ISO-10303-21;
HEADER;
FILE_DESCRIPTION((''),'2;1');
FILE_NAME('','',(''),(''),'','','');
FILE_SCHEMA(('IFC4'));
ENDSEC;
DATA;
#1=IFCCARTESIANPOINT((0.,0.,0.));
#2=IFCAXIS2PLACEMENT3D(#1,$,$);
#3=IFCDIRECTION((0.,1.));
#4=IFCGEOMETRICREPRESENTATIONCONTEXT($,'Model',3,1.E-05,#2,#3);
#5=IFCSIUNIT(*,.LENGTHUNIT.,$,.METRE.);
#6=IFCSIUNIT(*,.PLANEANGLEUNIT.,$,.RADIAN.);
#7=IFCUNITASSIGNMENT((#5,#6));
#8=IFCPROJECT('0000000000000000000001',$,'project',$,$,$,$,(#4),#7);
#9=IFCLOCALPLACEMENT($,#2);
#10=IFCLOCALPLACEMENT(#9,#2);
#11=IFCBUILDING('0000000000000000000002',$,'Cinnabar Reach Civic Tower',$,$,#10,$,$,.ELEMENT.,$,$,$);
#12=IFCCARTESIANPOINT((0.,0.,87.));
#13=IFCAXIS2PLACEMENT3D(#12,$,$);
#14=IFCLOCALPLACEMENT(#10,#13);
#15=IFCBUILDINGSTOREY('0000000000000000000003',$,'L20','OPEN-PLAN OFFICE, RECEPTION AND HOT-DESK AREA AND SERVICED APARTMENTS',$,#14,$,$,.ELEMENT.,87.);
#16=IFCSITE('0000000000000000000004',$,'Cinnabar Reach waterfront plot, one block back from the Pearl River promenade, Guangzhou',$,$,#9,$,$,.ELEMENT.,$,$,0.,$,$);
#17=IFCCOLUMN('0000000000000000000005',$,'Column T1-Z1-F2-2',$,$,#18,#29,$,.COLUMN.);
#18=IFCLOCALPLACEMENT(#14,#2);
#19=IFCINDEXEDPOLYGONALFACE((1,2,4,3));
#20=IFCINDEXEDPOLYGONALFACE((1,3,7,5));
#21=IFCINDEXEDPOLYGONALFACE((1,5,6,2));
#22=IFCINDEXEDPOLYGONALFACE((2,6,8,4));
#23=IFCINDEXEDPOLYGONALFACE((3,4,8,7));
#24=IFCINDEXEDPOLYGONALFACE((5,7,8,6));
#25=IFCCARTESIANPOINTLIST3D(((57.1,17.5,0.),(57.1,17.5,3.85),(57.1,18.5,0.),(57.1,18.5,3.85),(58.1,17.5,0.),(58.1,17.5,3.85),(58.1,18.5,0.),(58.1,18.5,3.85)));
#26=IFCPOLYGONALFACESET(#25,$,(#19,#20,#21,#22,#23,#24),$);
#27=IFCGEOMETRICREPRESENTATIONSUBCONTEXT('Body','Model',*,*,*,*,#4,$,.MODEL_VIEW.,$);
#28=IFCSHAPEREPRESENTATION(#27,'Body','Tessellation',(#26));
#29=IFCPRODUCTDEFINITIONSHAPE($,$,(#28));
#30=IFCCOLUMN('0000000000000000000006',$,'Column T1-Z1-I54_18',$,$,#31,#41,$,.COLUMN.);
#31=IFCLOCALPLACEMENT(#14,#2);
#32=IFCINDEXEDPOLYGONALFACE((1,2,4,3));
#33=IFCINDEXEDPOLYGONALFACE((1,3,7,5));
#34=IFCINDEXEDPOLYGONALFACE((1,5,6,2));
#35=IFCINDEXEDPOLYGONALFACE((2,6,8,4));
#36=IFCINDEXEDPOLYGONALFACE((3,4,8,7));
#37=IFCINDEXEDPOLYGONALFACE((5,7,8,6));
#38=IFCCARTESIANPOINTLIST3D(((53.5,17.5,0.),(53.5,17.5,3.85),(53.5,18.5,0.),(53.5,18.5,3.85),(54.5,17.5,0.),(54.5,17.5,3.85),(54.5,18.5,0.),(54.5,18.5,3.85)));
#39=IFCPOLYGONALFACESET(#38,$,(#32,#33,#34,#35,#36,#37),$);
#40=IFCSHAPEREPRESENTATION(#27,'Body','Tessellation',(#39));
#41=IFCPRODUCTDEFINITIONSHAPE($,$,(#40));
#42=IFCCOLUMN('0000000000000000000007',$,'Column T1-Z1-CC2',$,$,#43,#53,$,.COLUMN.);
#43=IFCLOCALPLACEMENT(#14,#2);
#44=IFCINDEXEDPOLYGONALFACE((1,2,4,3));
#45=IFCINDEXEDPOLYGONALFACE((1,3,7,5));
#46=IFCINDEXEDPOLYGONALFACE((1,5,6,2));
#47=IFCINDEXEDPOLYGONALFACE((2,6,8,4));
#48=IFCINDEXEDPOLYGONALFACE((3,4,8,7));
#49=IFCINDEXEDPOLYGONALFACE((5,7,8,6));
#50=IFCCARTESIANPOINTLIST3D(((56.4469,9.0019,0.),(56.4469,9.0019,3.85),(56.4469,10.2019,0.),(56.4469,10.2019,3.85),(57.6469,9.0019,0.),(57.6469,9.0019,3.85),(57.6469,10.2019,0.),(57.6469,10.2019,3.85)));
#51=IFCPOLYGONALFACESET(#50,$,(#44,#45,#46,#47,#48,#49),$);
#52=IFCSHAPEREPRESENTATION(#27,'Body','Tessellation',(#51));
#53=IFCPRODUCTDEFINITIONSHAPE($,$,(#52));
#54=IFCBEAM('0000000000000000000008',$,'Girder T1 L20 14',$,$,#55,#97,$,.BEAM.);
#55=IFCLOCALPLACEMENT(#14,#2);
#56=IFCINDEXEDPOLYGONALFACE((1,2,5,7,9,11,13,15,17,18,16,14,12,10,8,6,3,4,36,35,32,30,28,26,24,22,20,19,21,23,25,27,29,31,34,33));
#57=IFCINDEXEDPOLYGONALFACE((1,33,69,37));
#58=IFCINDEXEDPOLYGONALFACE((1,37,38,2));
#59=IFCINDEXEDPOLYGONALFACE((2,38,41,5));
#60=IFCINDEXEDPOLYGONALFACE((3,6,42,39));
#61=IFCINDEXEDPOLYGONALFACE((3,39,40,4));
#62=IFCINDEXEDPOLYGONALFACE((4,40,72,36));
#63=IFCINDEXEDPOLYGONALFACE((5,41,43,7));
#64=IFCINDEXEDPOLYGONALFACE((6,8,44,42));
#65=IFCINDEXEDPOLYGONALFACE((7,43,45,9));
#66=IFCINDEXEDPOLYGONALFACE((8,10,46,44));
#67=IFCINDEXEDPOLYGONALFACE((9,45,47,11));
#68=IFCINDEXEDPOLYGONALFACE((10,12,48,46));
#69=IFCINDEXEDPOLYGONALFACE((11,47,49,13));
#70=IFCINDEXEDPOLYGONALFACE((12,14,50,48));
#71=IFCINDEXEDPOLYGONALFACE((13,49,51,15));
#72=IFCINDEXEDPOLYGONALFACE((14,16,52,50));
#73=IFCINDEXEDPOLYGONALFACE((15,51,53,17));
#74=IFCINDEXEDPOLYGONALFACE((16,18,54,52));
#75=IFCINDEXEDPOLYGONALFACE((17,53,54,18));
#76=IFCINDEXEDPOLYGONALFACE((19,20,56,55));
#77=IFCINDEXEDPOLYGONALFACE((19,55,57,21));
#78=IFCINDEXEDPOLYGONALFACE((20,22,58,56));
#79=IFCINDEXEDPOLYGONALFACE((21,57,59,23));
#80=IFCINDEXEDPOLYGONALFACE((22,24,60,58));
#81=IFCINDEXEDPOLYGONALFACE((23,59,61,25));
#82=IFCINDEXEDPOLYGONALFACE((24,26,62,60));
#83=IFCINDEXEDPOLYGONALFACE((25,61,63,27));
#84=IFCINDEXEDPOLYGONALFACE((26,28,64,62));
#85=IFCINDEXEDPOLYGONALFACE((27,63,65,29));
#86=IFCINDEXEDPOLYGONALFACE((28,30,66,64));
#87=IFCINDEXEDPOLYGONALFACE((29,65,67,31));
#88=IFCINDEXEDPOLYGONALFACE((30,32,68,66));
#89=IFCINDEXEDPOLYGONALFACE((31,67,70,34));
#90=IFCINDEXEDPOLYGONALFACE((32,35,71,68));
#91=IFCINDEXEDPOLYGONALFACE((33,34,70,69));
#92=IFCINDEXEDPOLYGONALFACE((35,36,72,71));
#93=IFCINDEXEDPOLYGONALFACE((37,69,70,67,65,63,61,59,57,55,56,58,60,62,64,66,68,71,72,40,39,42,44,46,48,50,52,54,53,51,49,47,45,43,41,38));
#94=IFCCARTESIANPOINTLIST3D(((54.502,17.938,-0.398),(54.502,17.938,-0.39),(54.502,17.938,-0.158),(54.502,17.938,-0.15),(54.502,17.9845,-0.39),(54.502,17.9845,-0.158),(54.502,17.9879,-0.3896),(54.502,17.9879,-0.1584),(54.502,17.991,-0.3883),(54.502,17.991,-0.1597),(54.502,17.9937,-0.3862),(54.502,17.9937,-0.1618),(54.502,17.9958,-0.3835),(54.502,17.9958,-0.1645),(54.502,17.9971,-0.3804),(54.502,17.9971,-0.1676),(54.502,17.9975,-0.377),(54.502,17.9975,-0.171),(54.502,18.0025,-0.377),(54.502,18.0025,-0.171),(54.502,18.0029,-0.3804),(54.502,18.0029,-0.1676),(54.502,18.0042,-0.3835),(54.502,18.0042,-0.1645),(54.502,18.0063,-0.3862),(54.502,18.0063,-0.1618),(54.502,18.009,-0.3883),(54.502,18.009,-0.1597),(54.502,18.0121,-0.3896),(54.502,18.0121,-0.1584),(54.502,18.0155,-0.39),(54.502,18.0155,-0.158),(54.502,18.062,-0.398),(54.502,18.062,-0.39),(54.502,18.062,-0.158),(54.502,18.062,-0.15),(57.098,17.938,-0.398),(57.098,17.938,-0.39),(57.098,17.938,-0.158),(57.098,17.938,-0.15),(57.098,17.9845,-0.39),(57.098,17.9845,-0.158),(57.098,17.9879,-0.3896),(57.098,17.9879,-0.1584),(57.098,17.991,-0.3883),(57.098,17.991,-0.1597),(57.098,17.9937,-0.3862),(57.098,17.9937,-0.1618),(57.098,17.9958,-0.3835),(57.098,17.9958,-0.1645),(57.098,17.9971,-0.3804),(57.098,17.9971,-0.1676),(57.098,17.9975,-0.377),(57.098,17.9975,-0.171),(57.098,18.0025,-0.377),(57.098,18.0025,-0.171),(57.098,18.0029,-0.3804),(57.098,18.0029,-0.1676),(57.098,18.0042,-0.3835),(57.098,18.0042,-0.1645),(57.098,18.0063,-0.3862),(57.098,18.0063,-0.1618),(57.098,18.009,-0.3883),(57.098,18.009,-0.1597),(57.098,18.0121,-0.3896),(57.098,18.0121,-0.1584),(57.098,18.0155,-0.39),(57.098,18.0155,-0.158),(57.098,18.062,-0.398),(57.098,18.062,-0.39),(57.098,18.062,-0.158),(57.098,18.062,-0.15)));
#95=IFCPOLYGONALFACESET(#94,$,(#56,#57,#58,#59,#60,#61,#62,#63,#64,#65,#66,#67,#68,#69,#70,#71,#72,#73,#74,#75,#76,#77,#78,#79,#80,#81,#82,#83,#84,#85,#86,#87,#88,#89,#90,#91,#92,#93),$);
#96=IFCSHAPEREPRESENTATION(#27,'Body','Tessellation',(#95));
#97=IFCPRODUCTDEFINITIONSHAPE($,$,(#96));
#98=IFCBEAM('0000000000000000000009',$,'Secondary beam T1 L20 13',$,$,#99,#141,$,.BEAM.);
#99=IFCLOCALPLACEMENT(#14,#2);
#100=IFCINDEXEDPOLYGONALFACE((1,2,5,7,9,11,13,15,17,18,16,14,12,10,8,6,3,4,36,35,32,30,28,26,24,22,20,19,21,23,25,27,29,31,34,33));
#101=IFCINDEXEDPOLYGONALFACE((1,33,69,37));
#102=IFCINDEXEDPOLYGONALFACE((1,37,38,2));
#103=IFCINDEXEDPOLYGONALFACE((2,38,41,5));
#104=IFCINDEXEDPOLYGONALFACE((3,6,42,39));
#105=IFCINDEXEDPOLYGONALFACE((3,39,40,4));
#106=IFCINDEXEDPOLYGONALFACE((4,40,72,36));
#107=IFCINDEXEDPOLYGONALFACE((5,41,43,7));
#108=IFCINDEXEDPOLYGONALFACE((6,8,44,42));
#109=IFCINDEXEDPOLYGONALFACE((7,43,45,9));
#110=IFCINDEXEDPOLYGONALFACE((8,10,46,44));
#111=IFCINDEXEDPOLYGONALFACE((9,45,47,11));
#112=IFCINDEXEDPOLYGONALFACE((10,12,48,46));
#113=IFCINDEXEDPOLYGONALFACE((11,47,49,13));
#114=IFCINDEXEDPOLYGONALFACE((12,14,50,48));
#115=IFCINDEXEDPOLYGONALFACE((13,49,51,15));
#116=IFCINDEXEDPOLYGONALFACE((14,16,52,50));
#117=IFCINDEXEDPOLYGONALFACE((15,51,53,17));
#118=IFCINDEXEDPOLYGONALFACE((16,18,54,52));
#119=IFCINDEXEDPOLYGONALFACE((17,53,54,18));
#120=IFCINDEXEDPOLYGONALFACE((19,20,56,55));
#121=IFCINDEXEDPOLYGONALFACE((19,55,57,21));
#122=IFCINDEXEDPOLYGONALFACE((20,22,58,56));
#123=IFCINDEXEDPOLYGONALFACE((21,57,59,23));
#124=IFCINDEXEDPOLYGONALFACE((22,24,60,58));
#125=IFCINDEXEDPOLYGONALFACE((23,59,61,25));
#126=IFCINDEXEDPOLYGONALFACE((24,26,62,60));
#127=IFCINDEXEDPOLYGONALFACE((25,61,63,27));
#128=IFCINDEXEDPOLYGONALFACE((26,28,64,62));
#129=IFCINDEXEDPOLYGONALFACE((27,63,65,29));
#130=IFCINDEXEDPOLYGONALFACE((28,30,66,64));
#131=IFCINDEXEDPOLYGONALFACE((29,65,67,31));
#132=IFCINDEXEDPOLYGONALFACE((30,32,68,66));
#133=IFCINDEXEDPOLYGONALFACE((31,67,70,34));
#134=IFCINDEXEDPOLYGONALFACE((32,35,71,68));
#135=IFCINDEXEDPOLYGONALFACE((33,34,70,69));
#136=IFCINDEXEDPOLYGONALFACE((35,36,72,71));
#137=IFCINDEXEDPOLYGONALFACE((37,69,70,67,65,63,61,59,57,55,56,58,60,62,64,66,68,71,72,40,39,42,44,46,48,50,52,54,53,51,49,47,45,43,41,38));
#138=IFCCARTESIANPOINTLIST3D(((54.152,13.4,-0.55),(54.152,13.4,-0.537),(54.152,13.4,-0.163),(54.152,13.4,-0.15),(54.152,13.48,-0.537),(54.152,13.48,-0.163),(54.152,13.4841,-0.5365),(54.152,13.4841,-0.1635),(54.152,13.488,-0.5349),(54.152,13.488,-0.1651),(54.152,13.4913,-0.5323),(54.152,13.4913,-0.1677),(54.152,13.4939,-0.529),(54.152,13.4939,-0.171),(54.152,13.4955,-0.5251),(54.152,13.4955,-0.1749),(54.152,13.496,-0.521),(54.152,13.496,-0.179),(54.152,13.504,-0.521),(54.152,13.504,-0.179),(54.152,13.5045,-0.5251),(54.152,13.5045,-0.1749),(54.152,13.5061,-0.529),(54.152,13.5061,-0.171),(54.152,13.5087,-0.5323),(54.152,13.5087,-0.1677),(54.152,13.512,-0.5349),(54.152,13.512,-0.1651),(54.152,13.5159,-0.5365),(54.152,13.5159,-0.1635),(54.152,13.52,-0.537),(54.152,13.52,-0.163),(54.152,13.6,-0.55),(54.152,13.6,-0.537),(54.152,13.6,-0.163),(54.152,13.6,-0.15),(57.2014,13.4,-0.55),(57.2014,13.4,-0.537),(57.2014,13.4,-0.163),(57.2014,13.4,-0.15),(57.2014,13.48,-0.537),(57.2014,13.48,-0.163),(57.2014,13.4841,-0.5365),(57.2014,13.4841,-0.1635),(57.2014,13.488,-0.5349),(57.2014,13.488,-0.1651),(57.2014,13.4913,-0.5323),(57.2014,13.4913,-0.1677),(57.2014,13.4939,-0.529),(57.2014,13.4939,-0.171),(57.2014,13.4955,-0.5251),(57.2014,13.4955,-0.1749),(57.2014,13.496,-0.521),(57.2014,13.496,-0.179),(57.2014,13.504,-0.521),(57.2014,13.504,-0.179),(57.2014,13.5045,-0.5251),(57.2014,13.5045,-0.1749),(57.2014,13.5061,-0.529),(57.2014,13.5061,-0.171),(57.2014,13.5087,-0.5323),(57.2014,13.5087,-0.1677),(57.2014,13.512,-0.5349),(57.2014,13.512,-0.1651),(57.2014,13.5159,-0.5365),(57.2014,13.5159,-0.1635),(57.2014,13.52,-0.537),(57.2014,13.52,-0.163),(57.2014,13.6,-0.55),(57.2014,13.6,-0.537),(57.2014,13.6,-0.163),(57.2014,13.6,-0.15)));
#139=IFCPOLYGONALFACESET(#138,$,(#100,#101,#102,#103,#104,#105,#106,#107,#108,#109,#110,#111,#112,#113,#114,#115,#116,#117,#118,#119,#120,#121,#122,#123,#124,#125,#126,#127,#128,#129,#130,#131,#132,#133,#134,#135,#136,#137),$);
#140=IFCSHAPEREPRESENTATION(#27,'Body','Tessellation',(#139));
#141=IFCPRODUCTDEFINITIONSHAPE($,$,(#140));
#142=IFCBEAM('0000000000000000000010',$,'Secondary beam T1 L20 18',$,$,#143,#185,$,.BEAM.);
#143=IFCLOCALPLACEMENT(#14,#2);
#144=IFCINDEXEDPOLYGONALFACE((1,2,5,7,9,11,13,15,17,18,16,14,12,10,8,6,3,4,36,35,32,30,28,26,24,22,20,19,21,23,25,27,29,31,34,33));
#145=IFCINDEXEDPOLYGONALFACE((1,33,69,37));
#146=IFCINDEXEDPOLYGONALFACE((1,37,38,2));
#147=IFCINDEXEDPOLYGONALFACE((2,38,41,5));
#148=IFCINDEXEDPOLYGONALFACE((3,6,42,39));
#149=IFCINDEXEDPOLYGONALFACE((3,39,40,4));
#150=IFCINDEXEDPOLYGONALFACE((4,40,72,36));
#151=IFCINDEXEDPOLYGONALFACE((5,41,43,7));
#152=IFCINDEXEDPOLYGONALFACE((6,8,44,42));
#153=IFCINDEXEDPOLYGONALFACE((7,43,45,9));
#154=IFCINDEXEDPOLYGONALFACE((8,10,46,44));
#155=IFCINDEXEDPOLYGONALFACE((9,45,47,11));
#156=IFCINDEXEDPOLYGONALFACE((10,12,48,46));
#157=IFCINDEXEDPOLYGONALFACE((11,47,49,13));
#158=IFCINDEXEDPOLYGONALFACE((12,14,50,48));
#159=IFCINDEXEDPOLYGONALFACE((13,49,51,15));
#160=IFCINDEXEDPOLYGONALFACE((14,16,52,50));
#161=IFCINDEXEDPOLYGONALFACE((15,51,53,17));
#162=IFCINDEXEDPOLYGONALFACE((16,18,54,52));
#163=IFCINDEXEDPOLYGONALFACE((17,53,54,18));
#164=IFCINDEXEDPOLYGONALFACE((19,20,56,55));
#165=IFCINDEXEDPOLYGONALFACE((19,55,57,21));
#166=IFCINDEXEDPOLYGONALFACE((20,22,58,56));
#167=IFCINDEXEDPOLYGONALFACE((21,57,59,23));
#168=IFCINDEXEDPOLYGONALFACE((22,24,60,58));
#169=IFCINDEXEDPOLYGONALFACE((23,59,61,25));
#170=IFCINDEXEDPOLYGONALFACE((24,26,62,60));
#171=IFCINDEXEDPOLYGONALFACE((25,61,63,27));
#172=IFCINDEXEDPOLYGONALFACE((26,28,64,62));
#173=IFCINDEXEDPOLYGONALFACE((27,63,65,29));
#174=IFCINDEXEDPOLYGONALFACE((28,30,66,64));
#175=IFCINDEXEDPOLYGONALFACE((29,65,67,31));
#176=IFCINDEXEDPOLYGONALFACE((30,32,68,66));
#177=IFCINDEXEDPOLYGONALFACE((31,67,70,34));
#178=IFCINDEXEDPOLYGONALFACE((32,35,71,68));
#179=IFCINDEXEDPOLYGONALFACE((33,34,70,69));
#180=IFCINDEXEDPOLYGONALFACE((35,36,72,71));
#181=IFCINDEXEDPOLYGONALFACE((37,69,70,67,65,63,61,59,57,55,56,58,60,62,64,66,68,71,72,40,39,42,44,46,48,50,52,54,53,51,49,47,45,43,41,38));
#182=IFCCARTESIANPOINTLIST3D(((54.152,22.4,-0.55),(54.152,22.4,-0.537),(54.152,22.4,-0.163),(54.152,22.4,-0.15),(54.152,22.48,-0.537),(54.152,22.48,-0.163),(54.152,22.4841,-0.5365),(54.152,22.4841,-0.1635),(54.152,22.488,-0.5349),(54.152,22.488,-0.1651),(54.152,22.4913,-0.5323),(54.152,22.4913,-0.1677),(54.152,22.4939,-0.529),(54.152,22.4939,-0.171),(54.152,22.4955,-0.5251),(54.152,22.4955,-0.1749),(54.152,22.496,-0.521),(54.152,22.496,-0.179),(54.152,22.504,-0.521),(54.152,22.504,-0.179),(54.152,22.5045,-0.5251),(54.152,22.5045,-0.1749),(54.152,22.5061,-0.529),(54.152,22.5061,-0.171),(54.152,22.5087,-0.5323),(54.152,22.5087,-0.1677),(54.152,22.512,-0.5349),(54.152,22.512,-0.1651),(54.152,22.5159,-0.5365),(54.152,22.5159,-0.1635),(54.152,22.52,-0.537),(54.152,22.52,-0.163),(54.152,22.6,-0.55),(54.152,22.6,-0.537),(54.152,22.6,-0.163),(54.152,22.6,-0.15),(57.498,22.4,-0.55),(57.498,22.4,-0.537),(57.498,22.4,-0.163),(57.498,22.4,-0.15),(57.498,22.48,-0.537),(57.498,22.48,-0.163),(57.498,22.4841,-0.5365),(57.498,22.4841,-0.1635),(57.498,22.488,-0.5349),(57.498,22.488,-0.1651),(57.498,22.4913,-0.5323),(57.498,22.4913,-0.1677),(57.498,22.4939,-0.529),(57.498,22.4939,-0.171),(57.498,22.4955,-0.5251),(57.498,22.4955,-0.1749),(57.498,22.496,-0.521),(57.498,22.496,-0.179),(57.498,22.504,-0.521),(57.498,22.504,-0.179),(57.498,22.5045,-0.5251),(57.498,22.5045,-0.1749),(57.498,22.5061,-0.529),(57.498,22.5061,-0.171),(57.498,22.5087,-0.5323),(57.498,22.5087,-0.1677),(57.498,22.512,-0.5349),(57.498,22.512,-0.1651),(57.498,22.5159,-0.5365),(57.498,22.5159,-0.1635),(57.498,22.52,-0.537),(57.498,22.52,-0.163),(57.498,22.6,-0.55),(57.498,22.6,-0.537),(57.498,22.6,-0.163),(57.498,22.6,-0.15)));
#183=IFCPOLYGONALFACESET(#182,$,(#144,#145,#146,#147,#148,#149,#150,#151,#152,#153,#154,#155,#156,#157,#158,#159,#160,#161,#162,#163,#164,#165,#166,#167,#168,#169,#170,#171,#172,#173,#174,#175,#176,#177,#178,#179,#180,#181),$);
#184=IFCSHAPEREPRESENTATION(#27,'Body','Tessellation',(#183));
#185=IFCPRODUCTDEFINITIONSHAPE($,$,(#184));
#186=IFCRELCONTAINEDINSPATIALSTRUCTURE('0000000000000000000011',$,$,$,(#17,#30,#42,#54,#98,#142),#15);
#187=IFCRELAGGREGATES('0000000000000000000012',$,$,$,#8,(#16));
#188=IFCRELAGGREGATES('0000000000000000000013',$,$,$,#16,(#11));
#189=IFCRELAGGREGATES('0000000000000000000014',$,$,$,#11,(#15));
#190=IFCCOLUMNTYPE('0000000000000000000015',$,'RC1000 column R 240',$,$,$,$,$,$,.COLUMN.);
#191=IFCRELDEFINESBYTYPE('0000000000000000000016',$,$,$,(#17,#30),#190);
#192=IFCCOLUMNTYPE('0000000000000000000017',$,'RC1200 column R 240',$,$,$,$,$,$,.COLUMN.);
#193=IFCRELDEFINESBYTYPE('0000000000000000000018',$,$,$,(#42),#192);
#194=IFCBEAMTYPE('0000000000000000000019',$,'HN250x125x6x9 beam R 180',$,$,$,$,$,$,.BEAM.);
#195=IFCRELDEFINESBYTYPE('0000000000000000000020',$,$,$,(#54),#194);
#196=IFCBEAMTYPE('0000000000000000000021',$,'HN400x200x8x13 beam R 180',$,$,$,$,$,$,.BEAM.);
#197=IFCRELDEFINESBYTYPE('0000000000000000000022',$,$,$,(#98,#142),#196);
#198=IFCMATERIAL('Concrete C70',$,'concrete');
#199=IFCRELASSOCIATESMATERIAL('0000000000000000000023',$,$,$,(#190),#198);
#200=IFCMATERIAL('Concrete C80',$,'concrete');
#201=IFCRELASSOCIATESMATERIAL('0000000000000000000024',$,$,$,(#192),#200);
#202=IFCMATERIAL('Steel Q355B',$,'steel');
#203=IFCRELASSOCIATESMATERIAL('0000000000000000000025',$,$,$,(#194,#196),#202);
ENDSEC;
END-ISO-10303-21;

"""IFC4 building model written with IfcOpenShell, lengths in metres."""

from ifc_helpers import new_model, si_unit, direction, frame, origin, origin_2d, place, context, subcontext, project, spatial, rectangle, i_section, extrude, material, material_profile, profile_set, type_object, element, save


model = new_model("IFC4")

# Units and contexts
model_context = context("Model", 3, precision=1e-05, world=origin(), true_north=direction((0.0, 1.0)))
body_context = subcontext(model_context, "Body", "Model", "MODEL_VIEW")
ifc_project = project(units=[si_unit("LENGTHUNIT", "METRE"), si_unit("PLANEANGLEUNIT", "RADIAN")], contexts=[model_context])

# Site, building, storey
site_placement = place(None, origin())
site = spatial("IfcSite", under=ifc_project, at=site_placement, Name="Cinnabar Reach waterfront plot, one block back from the Pearl River promenade, Guangzhou", CompositionType="ELEMENT", RefElevation=0.0)
building_placement = place(site_placement, origin())
building = spatial("IfcBuilding", under=site, at=building_placement, Name="Cinnabar Reach Civic Tower", CompositionType="ELEMENT")
storey_placement = place(building_placement, frame((0.0, 0.0, 87.0)))
storey = spatial("IfcBuildingStorey", under=building, at=storey_placement, Name="L20", Description="OPEN-PLAN OFFICE, RECEPTION AND HOT-DESK AREA AND SERVICED APARTMENTS", CompositionType="ELEMENT", Elevation=87.0)

# Columns
ifc_material_1 = material(Name="Concrete C70", Category="concrete")
ifc_material_profile_1 = material_profile(ifc_material_1, rectangle(XDim=1.0, YDim=1.0, at=origin_2d()), Name="RC1000")
ifc_profile_set_1 = profile_set([ifc_material_profile_1], Name="Concrete C70")
column_type_1 = type_object("IfcColumnType", Name="RC1000 column R 240", PredefinedType="COLUMN", material=ifc_profile_set_1)
for number, where, z_axis, x_axis, name in (
    (1, (57.6, 18.0, 0.0), (0.0, 0.0, 1.0), (1.0, 0.0, 0.0), "Column T1-Z1-F2-2"),
    (2, (54.0, 18.0, 0.0), (0.0, 0.0, 1.0), (1.0, 0.0, 0.0), "Column T1-Z1-I54_18"),
):
    element("IfcColumn", number, at=place(storey_placement, frame(where, z_axis=z_axis, x_axis=x_axis)), inside=storey, type_object=column_type_1, Name=name, PredefinedType="COLUMN", context=body_context, shape_type="SweptSolid", body=[
        extrude(rectangle(XDim=1.0, YDim=1.0, at=origin_2d()), origin(), (0.0, 0.0, 1.0), 3.85),
    ])
ifc_material_2 = material(Name="Concrete C80", Category="concrete")
ifc_material_profile_2 = material_profile(ifc_material_2, rectangle(XDim=1.2, YDim=1.2, at=origin_2d()), Name="RC1200")
ifc_profile_set_2 = profile_set([ifc_material_profile_2], Name="Concrete C80")
column_type_2 = type_object("IfcColumnType", Name="RC1200 column R 240", PredefinedType="COLUMN", material=ifc_profile_set_2)
column_placement = place(storey_placement, frame((57.0469, 9.6019, 0.0), z_axis=(0.0, 0.0, 1.0), x_axis=(1.0, 0.0, 0.0)))
element("IfcColumn", 3, at=column_placement, inside=storey, type_object=column_type_2, Name="Column T1-Z1-CC2", PredefinedType="COLUMN", context=body_context, shape_type="SweptSolid", body=[
    extrude(rectangle(XDim=1.2, YDim=1.2, at=origin_2d()), origin(), (0.0, 0.0, 1.0), 3.85),
])

# Beams
ifc_material_3 = material(Name="Steel Q355B", Category="steel")
ifc_material_profile_3 = material_profile(ifc_material_3, i_section(OverallWidth=0.124, OverallDepth=0.248, WebThickness=0.005, FlangeThickness=0.008, FilletRadius=0.013, at=origin_2d()), Name="HN250x125x6x9")
ifc_profile_set_3 = profile_set([ifc_material_profile_3], Name="Steel Q355B")
beam_type_1 = type_object("IfcBeamType", Name="HN250x125x6x9 beam R 180", PredefinedType="BEAM", material=ifc_profile_set_3)
beam_1_placement = place(storey_placement, frame((54.502, 18.0, -0.274), z_axis=(1.0, 0.0, 0.0), x_axis=(0.0, 1.0, 0.0)))
element("IfcBeam", 4, at=beam_1_placement, inside=storey, type_object=beam_type_1, Name="Girder T1 L20 14", PredefinedType="BEAM", context=body_context, shape_type="SweptSolid", body=[
    extrude(i_section(OverallWidth=0.124, OverallDepth=0.248, WebThickness=0.005, FlangeThickness=0.008, FilletRadius=0.013, at=origin_2d()), origin(), (0.0, 0.0, 1.0), 2.596),
])
ifc_material_profile_4 = material_profile(ifc_material_3, i_section(OverallWidth=0.2, OverallDepth=0.4, WebThickness=0.008, FlangeThickness=0.013, FilletRadius=0.016, at=origin_2d()), Name="HN400x200x8x13")
ifc_profile_set_4 = profile_set([ifc_material_profile_4], Name="Steel Q355B")
beam_type_2 = type_object("IfcBeamType", Name="HN400x200x8x13 beam R 180", PredefinedType="BEAM", material=ifc_profile_set_4)
beam_2_placement = place(storey_placement, frame((54.152, 13.5, -0.35), z_axis=(1.0, 0.0, 0.0), x_axis=(0.0, 1.0, 0.0)))
element("IfcBeam", 5, at=beam_2_placement, inside=storey, type_object=beam_type_2, Name="Secondary beam T1 L20 13", PredefinedType="BEAM", context=body_context, shape_type="SweptSolid", body=[
    extrude(i_section(OverallWidth=0.2, OverallDepth=0.4, WebThickness=0.008, FlangeThickness=0.013, FilletRadius=0.016, at=origin_2d()), origin(), (0.0, 0.0, 1.0), 3.0494),
])
beam_3_placement = place(storey_placement, frame((54.152, 22.5, -0.35), z_axis=(1.0, 0.0, 0.0), x_axis=(0.0, 1.0, 0.0)))
element("IfcBeam", 6, at=beam_3_placement, inside=storey, type_object=beam_type_2, Name="Secondary beam T1 L20 18", PredefinedType="BEAM", context=body_context, shape_type="SweptSolid", body=[
    extrude(i_section(OverallWidth=0.2, OverallDepth=0.4, WebThickness=0.008, FlangeThickness=0.013, FilletRadius=0.016, at=origin_2d()), origin(), (0.0, 0.0, 1.0), 3.346),
])

save(model, "model.ifc")
